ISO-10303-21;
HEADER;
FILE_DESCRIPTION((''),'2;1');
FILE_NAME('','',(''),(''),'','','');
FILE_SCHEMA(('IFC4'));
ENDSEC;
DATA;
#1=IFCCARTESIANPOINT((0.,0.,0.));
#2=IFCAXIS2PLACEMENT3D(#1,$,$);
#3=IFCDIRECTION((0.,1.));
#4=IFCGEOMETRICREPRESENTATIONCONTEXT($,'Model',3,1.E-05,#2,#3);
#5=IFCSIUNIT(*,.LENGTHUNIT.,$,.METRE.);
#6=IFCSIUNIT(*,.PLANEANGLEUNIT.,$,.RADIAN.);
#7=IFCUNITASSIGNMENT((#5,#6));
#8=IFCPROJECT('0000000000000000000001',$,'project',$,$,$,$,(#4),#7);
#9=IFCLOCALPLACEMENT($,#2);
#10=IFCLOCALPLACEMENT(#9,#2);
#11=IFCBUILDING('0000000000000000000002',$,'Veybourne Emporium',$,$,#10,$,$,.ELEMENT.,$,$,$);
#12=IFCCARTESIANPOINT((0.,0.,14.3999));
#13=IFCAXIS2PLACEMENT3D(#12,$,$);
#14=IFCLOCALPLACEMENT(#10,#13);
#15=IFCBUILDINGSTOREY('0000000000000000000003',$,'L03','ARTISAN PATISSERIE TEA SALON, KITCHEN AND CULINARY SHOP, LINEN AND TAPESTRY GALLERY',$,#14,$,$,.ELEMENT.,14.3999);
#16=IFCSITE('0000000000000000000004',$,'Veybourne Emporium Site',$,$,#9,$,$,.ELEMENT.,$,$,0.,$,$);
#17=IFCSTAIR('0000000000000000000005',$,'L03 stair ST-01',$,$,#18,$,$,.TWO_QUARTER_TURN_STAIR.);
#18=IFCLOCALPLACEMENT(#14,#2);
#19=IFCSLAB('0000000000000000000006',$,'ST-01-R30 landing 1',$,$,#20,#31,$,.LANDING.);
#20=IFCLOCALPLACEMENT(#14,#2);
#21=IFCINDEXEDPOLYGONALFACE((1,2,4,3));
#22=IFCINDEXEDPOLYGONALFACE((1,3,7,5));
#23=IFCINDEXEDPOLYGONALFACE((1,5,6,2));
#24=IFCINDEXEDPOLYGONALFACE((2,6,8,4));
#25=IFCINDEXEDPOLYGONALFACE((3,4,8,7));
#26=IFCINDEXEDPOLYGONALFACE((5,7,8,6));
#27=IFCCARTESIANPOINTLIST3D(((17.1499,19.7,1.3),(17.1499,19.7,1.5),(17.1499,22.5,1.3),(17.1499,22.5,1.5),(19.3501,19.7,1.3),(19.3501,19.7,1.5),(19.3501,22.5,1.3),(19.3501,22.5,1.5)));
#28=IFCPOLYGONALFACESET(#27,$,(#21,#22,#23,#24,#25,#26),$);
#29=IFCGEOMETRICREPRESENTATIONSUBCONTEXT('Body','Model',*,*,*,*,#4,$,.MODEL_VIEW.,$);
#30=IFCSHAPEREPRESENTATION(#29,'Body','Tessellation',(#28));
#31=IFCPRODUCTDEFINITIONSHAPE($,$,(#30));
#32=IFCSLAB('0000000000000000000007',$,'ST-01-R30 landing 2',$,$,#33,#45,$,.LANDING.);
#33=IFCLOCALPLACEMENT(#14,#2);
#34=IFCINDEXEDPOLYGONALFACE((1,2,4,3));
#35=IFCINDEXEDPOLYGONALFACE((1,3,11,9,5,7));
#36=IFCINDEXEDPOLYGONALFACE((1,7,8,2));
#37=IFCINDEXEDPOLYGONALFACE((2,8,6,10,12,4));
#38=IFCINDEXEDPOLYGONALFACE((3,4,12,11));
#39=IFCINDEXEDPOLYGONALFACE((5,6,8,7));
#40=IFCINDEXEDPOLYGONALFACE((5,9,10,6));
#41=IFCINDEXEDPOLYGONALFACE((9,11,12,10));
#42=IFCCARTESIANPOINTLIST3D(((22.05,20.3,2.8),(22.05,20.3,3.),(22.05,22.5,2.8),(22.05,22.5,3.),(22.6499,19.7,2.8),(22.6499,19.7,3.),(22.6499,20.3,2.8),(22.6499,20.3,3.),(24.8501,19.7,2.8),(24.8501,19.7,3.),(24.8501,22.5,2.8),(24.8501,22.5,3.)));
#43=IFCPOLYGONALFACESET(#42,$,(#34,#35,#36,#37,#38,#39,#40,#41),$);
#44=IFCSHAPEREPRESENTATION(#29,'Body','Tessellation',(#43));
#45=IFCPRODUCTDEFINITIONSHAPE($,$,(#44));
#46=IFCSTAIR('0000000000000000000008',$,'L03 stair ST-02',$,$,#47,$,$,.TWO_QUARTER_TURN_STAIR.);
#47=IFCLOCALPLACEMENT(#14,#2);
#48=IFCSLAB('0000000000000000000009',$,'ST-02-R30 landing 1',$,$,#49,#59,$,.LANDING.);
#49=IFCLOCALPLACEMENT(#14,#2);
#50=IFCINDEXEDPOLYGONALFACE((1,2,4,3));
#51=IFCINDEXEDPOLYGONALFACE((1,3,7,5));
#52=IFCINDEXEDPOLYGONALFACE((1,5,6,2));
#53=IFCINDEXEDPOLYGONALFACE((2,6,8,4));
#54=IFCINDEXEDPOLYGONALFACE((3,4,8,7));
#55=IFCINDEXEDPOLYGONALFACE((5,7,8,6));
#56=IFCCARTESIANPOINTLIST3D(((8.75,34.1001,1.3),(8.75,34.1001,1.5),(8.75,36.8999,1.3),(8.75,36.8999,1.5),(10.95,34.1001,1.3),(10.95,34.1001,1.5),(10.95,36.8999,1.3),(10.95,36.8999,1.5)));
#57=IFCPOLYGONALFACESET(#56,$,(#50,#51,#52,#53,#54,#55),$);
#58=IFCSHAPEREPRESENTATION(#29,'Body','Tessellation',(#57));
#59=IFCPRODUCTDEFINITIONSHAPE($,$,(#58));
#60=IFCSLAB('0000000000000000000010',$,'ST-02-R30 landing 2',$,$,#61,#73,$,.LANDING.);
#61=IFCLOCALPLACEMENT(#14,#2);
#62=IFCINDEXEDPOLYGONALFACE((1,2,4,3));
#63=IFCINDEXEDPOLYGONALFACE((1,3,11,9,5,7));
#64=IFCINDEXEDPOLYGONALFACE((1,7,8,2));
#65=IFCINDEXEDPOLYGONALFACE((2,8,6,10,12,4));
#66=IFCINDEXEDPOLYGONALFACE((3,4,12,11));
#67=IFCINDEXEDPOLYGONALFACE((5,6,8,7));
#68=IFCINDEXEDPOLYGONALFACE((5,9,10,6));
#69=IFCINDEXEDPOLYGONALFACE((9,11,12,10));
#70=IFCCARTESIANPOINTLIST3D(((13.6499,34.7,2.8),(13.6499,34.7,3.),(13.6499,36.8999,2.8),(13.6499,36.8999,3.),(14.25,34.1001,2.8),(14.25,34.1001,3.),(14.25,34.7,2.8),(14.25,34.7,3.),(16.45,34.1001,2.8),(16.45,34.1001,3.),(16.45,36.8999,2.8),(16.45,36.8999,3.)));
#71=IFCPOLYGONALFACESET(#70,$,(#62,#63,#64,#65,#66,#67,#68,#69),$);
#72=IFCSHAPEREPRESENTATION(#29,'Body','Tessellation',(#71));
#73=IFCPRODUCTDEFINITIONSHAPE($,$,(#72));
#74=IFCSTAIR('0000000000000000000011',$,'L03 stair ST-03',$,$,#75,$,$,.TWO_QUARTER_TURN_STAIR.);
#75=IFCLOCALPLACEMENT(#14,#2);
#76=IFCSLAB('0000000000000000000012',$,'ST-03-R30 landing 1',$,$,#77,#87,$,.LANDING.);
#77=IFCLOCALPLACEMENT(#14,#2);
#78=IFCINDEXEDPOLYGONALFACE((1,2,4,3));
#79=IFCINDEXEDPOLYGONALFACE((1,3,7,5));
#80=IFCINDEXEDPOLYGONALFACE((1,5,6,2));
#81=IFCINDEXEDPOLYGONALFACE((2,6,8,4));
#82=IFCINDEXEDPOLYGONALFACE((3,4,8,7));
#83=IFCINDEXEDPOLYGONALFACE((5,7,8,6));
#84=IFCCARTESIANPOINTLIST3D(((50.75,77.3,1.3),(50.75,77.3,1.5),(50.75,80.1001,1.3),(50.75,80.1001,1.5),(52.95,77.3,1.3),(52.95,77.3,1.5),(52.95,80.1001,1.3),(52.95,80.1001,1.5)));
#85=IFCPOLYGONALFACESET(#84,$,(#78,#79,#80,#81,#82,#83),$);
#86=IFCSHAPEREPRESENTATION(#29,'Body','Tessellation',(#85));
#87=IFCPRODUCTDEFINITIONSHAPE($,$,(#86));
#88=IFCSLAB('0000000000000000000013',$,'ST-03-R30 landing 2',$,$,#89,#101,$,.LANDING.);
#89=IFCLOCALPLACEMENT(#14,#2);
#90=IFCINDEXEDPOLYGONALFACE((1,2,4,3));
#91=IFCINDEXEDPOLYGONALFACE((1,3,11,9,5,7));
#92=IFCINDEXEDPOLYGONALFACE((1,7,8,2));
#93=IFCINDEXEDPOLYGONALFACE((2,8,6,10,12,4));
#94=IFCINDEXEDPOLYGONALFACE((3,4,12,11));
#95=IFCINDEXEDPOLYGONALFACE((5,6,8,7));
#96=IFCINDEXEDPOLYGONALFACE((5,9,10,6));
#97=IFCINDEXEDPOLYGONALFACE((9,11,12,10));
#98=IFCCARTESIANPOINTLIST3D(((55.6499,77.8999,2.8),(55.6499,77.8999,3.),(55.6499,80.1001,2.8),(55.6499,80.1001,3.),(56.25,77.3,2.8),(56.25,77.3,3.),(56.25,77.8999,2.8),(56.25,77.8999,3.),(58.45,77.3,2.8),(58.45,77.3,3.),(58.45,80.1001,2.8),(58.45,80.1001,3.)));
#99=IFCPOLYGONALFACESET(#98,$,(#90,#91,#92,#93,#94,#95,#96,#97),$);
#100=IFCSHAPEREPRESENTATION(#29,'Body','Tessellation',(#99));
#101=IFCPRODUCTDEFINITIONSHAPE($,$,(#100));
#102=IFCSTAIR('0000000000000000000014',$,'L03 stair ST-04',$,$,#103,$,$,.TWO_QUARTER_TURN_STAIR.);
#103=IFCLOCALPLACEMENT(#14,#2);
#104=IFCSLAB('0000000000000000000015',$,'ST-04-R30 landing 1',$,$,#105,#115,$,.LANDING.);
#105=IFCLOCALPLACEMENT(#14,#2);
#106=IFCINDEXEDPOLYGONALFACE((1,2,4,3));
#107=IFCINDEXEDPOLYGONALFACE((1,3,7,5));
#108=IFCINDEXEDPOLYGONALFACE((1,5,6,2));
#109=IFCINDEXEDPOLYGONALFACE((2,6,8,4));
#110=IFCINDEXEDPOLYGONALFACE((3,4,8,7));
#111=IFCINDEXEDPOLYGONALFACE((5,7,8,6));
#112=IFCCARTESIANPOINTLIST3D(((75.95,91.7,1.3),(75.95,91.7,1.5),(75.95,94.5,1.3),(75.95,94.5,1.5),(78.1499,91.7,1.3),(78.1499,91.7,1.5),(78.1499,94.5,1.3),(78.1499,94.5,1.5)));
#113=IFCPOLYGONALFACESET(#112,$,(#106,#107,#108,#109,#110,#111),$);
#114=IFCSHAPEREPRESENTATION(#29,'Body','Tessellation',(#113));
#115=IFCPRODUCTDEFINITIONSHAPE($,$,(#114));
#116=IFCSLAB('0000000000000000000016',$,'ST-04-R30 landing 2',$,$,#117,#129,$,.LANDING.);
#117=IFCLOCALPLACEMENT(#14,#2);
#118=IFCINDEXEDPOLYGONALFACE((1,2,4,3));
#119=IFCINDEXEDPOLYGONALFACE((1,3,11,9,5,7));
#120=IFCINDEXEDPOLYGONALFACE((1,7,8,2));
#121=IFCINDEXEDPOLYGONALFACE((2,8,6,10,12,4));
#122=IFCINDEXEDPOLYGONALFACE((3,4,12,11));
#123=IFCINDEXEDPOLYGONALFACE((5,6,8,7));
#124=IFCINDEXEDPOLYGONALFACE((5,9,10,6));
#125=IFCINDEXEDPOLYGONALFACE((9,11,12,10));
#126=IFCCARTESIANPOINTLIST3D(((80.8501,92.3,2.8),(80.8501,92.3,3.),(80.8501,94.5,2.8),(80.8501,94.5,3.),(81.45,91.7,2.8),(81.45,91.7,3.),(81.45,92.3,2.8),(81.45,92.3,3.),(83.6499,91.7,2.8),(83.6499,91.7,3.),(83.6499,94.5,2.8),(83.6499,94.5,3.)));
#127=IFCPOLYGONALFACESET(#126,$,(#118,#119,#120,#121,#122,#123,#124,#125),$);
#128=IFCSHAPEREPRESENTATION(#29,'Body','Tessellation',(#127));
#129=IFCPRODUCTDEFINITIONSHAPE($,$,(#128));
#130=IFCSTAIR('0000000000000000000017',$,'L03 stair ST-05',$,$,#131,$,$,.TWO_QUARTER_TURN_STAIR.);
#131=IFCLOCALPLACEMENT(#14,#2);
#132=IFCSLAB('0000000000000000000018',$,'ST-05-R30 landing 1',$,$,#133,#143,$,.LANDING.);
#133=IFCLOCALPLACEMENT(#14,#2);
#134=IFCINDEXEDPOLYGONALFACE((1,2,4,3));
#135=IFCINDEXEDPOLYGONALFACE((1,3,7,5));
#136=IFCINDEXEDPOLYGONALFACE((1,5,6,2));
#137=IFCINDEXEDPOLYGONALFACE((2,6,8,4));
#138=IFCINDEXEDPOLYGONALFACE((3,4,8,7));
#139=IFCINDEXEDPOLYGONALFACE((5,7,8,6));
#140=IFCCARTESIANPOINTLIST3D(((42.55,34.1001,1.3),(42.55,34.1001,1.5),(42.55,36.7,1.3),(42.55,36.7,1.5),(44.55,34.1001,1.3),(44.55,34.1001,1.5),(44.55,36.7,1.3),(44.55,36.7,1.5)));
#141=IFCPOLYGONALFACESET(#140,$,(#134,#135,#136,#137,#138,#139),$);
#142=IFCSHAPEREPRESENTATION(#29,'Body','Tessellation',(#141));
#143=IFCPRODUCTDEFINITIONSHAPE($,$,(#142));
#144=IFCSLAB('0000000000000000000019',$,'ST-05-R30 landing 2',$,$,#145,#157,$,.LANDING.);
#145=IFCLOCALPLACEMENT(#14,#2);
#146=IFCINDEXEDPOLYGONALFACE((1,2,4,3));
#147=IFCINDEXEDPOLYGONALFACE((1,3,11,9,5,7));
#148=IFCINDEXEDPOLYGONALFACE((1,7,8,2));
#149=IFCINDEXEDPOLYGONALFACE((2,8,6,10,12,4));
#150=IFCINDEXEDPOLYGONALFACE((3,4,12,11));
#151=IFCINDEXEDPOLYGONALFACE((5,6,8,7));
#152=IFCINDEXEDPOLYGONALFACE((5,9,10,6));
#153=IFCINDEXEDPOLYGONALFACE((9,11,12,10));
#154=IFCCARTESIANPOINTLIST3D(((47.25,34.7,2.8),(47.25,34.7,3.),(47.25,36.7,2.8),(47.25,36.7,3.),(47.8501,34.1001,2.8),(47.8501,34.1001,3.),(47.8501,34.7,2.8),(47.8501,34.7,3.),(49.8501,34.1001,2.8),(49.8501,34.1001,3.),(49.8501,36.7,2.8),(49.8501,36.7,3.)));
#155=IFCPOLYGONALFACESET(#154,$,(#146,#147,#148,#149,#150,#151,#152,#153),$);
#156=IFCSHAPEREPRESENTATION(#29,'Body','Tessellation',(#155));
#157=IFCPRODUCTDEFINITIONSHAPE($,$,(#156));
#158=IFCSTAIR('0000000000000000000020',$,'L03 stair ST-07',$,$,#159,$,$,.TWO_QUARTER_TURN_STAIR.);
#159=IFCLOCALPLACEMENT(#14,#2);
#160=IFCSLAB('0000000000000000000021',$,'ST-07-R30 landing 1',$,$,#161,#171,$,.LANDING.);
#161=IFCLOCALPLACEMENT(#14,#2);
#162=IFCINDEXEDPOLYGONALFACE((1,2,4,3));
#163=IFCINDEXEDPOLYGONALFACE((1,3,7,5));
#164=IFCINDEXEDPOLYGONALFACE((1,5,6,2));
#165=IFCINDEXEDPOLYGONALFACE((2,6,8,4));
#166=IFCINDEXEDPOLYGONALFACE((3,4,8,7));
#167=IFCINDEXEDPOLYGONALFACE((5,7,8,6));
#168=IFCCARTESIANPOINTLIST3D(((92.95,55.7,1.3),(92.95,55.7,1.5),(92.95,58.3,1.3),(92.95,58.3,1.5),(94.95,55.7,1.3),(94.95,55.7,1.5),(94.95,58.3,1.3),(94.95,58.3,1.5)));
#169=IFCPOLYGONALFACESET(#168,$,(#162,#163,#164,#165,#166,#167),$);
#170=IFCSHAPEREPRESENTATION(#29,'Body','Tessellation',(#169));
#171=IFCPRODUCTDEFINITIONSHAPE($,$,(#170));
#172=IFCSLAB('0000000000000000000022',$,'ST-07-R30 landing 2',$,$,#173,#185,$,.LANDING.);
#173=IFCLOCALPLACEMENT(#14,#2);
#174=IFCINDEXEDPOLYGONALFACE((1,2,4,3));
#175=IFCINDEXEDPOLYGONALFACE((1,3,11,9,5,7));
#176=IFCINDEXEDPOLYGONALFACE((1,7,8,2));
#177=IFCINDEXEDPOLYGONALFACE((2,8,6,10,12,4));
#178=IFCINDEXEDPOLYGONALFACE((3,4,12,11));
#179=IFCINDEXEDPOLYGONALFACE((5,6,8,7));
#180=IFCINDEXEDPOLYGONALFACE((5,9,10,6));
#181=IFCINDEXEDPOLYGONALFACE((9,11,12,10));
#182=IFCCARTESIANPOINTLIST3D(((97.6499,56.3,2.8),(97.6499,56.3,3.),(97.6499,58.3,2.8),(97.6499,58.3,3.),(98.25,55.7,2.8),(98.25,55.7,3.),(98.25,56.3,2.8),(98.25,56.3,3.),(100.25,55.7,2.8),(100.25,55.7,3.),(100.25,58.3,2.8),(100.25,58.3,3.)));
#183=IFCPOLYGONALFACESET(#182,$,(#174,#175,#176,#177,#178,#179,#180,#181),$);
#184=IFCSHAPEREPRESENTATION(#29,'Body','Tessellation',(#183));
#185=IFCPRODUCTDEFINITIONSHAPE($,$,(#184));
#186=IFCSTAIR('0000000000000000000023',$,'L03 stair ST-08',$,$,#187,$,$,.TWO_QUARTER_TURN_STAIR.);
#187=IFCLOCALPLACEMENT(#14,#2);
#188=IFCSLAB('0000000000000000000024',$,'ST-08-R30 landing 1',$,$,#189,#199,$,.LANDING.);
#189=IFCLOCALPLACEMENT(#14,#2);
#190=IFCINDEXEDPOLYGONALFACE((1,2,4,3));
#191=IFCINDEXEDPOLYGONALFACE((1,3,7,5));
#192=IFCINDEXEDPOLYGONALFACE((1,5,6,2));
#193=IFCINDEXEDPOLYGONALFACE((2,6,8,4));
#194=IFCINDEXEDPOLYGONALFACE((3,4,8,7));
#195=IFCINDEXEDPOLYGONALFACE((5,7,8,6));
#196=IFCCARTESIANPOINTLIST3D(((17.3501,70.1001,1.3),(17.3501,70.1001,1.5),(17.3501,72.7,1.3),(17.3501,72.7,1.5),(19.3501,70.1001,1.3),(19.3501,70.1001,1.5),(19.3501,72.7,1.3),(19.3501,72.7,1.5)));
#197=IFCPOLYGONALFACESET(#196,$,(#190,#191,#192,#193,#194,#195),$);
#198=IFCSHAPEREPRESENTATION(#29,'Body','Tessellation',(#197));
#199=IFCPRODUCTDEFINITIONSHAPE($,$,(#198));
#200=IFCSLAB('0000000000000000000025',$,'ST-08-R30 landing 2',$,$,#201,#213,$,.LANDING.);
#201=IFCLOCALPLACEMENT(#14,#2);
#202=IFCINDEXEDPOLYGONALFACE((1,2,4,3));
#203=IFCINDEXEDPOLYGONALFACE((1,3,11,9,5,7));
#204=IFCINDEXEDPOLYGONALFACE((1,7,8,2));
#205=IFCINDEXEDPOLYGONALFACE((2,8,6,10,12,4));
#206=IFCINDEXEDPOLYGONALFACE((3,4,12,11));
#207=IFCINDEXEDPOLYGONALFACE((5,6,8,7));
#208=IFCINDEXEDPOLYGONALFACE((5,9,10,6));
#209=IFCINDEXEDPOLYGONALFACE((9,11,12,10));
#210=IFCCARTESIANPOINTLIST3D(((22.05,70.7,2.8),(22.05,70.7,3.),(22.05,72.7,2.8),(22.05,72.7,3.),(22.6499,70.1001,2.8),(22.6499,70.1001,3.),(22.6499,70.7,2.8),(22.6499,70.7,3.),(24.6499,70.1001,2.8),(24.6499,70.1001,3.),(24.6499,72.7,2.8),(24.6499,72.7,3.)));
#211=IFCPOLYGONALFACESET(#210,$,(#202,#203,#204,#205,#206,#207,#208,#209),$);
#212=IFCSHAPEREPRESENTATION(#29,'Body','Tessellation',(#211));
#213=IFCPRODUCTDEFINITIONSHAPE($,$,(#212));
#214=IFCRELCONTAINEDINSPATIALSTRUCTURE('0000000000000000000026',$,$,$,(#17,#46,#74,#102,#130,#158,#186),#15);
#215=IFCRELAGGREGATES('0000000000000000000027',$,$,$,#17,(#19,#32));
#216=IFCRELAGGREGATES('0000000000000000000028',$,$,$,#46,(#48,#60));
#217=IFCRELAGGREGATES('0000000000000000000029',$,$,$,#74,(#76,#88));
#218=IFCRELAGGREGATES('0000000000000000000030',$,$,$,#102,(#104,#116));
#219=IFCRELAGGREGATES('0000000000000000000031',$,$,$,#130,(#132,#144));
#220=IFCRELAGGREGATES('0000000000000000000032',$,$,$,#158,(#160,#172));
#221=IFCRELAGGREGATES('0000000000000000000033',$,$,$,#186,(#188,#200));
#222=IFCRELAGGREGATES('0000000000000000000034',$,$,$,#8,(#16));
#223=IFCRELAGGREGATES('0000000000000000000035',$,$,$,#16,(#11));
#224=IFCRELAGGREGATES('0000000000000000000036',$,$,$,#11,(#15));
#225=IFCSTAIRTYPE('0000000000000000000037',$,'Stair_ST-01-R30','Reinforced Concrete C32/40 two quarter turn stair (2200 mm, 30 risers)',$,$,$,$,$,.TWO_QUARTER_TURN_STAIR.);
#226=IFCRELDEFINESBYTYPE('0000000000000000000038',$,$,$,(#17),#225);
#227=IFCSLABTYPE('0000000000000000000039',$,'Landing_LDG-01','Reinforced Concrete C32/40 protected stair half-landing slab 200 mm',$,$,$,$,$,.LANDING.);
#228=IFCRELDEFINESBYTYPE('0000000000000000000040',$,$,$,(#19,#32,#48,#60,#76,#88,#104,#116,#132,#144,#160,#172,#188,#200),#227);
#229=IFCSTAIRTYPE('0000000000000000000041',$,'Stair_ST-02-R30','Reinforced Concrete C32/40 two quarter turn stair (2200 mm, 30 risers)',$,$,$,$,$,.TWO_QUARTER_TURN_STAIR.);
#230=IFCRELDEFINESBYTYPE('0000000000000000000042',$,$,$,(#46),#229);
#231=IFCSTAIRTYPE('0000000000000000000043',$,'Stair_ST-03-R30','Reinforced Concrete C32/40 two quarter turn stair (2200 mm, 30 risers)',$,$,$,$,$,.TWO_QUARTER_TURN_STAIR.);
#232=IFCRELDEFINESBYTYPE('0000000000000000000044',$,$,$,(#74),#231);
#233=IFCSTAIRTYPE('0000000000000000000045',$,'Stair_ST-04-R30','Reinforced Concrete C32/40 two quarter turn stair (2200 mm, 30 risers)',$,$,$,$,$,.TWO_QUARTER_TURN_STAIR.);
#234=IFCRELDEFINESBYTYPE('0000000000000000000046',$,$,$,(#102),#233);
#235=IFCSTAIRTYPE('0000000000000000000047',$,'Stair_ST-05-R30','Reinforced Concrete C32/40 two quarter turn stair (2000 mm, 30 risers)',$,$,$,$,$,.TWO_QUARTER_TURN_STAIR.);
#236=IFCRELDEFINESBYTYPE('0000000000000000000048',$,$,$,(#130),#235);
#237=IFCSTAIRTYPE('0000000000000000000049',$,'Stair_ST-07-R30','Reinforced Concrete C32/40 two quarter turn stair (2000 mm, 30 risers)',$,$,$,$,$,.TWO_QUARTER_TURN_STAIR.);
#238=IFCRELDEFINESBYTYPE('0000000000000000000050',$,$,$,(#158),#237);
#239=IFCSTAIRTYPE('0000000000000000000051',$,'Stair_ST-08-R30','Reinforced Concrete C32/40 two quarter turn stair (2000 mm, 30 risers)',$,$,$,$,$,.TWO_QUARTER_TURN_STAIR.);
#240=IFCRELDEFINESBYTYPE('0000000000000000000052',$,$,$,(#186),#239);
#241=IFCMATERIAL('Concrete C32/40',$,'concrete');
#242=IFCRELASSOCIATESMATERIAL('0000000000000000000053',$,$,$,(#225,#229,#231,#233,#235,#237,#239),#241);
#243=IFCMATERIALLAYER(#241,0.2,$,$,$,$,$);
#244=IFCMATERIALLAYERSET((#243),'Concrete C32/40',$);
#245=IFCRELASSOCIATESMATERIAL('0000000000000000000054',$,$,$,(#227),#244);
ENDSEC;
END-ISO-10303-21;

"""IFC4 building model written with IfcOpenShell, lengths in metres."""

from ifc_helpers import new_model, si_unit, direction, frame, origin, place, context, subcontext, project, spatial, polyline, outline, extrude, material, layer, layer_set, type_object, element, aggregate, save


model = new_model("IFC4")

# Units and contexts
model_context = context("Model", 3, precision=1e-05, world=origin(), true_north=direction((0.0, 1.0)))
body_context = subcontext(model_context, "Body", "Model", "MODEL_VIEW")
ifc_project = project(units=[si_unit("LENGTHUNIT", "METRE"), si_unit("PLANEANGLEUNIT", "RADIAN")], contexts=[model_context])

# Site, building, storey
site_placement = place(None, origin())
site = spatial("IfcSite", under=ifc_project, at=site_placement, Name="Veybourne Emporium Site", CompositionType="ELEMENT", RefElevation=0.0)
building_placement = place(site_placement, origin())
building = spatial("IfcBuilding", under=site, at=building_placement, Name="Veybourne Emporium", CompositionType="ELEMENT")
storey_placement = place(building_placement, frame((0.0, 0.0, 14.3999)))
storey = spatial("IfcBuildingStorey", under=building, at=storey_placement, Name="L03", Description="ARTISAN PATISSERIE TEA SALON, KITCHEN AND CULINARY SHOP, LINEN AND TAPESTRY GALLERY", CompositionType="ELEMENT", Elevation=14.3999)

# Stairs, slabs
ifc_material_1 = material(Name="Concrete C32/40", Category="concrete")
stair_type_1 = type_object("IfcStairType", Name="Stair_ST-01-R30", Description="Reinforced Concrete C32/40 two quarter turn stair (2200 mm, 30 risers)", PredefinedType="TWO_QUARTER_TURN_STAIR", material=ifc_material_1)
stair_1_placement = place(storey_placement, origin())
stair_1 = element("IfcStair", 1, at=stair_1_placement, inside=storey, type_object=stair_type_1, Name="L03 stair ST-01", PredefinedType="TWO_QUARTER_TURN_STAIR")
ifc_layer_1 = layer(ifc_material_1, 0.2)
ifc_layer_set_1 = layer_set([ifc_layer_1], Name="Concrete C32/40")
slab_type_1 = type_object("IfcSlabType", Name="Landing_LDG-01", Description="Reinforced Concrete C32/40 protected stair half-landing slab 200 mm", PredefinedType="LANDING", material=ifc_layer_set_1)
slab_1_placement = place(storey_placement, frame((0.0, 0.0, 1.3)))
slab_1 = element("IfcSlab", 2, at=slab_1_placement, type_object=slab_type_1, Name="ST-01-R30 landing 1", PredefinedType="LANDING", context=body_context, shape_type="SweptSolid", body=[
    extrude(outline(polyline([(17.1499, 19.7), (19.3501, 19.7), (19.3501, 22.5), (17.1499, 22.5), (17.1499, 19.7)])), origin(), (0.0, 0.0, 1.0), 0.2),
])
slab_2_placement = place(storey_placement, frame((0.0, 0.0, 2.8)))
slab_2 = element("IfcSlab", 3, at=slab_2_placement, type_object=slab_type_1, Name="ST-01-R30 landing 2", PredefinedType="LANDING", context=body_context, shape_type="SweptSolid", body=[
    extrude(outline(polyline([(22.05, 20.3), (22.6499, 20.3), (22.6499, 19.7), (24.8501, 19.7), (24.8501, 22.5), (22.05, 22.5), (22.05, 20.3)])), origin(), (0.0, 0.0, 1.0), 0.2),
])
aggregate(stair_1, [slab_1, slab_2])
stair_type_2 = type_object("IfcStairType", Name="Stair_ST-02-R30", Description="Reinforced Concrete C32/40 two quarter turn stair (2200 mm, 30 risers)", PredefinedType="TWO_QUARTER_TURN_STAIR", material=ifc_material_1)
stair_2_placement = place(storey_placement, origin())
stair_2 = element("IfcStair", 4, at=stair_2_placement, inside=storey, type_object=stair_type_2, Name="L03 stair ST-02", PredefinedType="TWO_QUARTER_TURN_STAIR")
slab_3_placement = place(storey_placement, frame((0.0, 0.0, 1.3)))
slab_3 = element("IfcSlab", 5, at=slab_3_placement, type_object=slab_type_1, Name="ST-02-R30 landing 1", PredefinedType="LANDING", context=body_context, shape_type="SweptSolid", body=[
    extrude(outline(polyline([(8.75, 34.1001), (10.95, 34.1001), (10.95, 36.8999), (8.75, 36.8999), (8.75, 34.1001)])), origin(), (0.0, 0.0, 1.0), 0.2),
])
slab_4_placement = place(storey_placement, frame((0.0, 0.0, 2.8)))
slab_4 = element("IfcSlab", 6, at=slab_4_placement, type_object=slab_type_1, Name="ST-02-R30 landing 2", PredefinedType="LANDING", context=body_context, shape_type="SweptSolid", body=[
    extrude(outline(polyline([(13.6499, 34.7), (14.25, 34.7), (14.25, 34.1001), (16.45, 34.1001), (16.45, 36.8999), (13.6499, 36.8999), (13.6499, 34.7)])), origin(), (0.0, 0.0, 1.0), 0.2),
])
aggregate(stair_2, [slab_3, slab_4])
stair_type_3 = type_object("IfcStairType", Name="Stair_ST-03-R30", Description="Reinforced Concrete C32/40 two quarter turn stair (2200 mm, 30 risers)", PredefinedType="TWO_QUARTER_TURN_STAIR", material=ifc_material_1)
stair_3_placement = place(storey_placement, origin())
stair_3 = element("IfcStair", 7, at=stair_3_placement, inside=storey, type_object=stair_type_3, Name="L03 stair ST-03", PredefinedType="TWO_QUARTER_TURN_STAIR")
slab_5_placement = place(storey_placement, frame((0.0, 0.0, 1.3)))
slab_5 = element("IfcSlab", 8, at=slab_5_placement, type_object=slab_type_1, Name="ST-03-R30 landing 1", PredefinedType="LANDING", context=body_context, shape_type="SweptSolid", body=[
    extrude(outline(polyline([(50.75, 77.3), (52.95, 77.3), (52.95, 80.1001), (50.75, 80.1001), (50.75, 77.3)])), origin(), (0.0, 0.0, 1.0), 0.2),
])
slab_6_placement = place(storey_placement, frame((0.0, 0.0, 2.8)))
slab_6 = element("IfcSlab", 9, at=slab_6_placement, type_object=slab_type_1, Name="ST-03-R30 landing 2", PredefinedType="LANDING", context=body_context, shape_type="SweptSolid", body=[
    extrude(outline(polyline([(55.6499, 77.8999), (56.25, 77.8999), (56.25, 77.3), (58.45, 77.3), (58.45, 80.1001), (55.6499, 80.1001), (55.6499, 77.8999)])), origin(), (0.0, 0.0, 1.0), 0.2),
])
aggregate(stair_3, [slab_5, slab_6])
stair_type_4 = type_object("IfcStairType", Name="Stair_ST-04-R30", Description="Reinforced Concrete C32/40 two quarter turn stair (2200 mm, 30 risers)", PredefinedType="TWO_QUARTER_TURN_STAIR", material=ifc_material_1)
stair_4_placement = place(storey_placement, origin())
stair_4 = element("IfcStair", 10, at=stair_4_placement, inside=storey, type_object=stair_type_4, Name="L03 stair ST-04", PredefinedType="TWO_QUARTER_TURN_STAIR")
slab_7_placement = place(storey_placement, frame((0.0, 0.0, 1.3)))
slab_7 = element("IfcSlab", 11, at=slab_7_placement, type_object=slab_type_1, Name="ST-04-R30 landing 1", PredefinedType="LANDING", context=body_context, shape_type="SweptSolid", body=[
    extrude(outline(polyline([(75.95, 91.7), (78.1499, 91.7), (78.1499, 94.5), (75.95, 94.5), (75.95, 91.7)])), origin(), (0.0, 0.0, 1.0), 0.2),
])
slab_8_placement = place(storey_placement, frame((0.0, 0.0, 2.8)))
slab_8 = element("IfcSlab", 12, at=slab_8_placement, type_object=slab_type_1, Name="ST-04-R30 landing 2", PredefinedType="LANDING", context=body_context, shape_type="SweptSolid", body=[
    extrude(outline(polyline([(80.8501, 92.3), (81.45, 92.3), (81.45, 91.7), (83.6499, 91.7), (83.6499, 94.5), (80.8501, 94.5), (80.8501, 92.3)])), origin(), (0.0, 0.0, 1.0), 0.2),
])
aggregate(stair_4, [slab_7, slab_8])
stair_type_5 = type_object("IfcStairType", Name="Stair_ST-05-R30", Description="Reinforced Concrete C32/40 two quarter turn stair (2000 mm, 30 risers)", PredefinedType="TWO_QUARTER_TURN_STAIR", material=ifc_material_1)
stair_5_placement = place(storey_placement, origin())
stair_5 = element("IfcStair", 13, at=stair_5_placement, inside=storey, type_object=stair_type_5, Name="L03 stair ST-05", PredefinedType="TWO_QUARTER_TURN_STAIR")
slab_9_placement = place(storey_placement, frame((0.0, 0.0, 1.3)))
slab_9 = element("IfcSlab", 14, at=slab_9_placement, type_object=slab_type_1, Name="ST-05-R30 landing 1", PredefinedType="LANDING", context=body_context, shape_type="SweptSolid", body=[
    extrude(outline(polyline([(42.55, 34.1001), (44.55, 34.1001), (44.55, 36.7), (42.55, 36.7), (42.55, 34.1001)])), origin(), (0.0, 0.0, 1.0), 0.2),
])
slab_10_placement = place(storey_placement, frame((0.0, 0.0, 2.8)))
slab_10 = element("IfcSlab", 15, at=slab_10_placement, type_object=slab_type_1, Name="ST-05-R30 landing 2", PredefinedType="LANDING", context=body_context, shape_type="SweptSolid", body=[
    extrude(outline(polyline([(47.25, 34.7), (47.8501, 34.7), (47.8501, 34.1001), (49.8501, 34.1001), (49.8501, 36.7), (47.25, 36.7), (47.25, 34.7)])), origin(), (0.0, 0.0, 1.0), 0.2),
])
aggregate(stair_5, [slab_9, slab_10])
stair_type_6 = type_object("IfcStairType", Name="Stair_ST-07-R30", Description="Reinforced Concrete C32/40 two quarter turn stair (2000 mm, 30 risers)", PredefinedType="TWO_QUARTER_TURN_STAIR", material=ifc_material_1)
stair_6_placement = place(storey_placement, origin())
stair_6 = element("IfcStair", 16, at=stair_6_placement, inside=storey, type_object=stair_type_6, Name="L03 stair ST-07", PredefinedType="TWO_QUARTER_TURN_STAIR")
slab_11_placement = place(storey_placement, frame((0.0, 0.0, 1.3)))
slab_11 = element("IfcSlab", 17, at=slab_11_placement, type_object=slab_type_1, Name="ST-07-R30 landing 1", PredefinedType="LANDING", context=body_context, shape_type="SweptSolid", body=[
    extrude(outline(polyline([(92.95, 55.7), (94.95, 55.7), (94.95, 58.3), (92.95, 58.3), (92.95, 55.7)])), origin(), (0.0, 0.0, 1.0), 0.2),
])
slab_12_placement = place(storey_placement, frame((0.0, 0.0, 2.8)))
slab_12 = element("IfcSlab", 18, at=slab_12_placement, type_object=slab_type_1, Name="ST-07-R30 landing 2", PredefinedType="LANDING", context=body_context, shape_type="SweptSolid", body=[
    extrude(outline(polyline([(97.6499, 56.3), (98.25, 56.3), (98.25, 55.7), (100.25, 55.7), (100.25, 58.3), (97.6499, 58.3), (97.6499, 56.3)])), origin(), (0.0, 0.0, 1.0), 0.2),
])
aggregate(stair_6, [slab_11, slab_12])
stair_type_7 = type_object("IfcStairType", Name="Stair_ST-08-R30", Description="Reinforced Concrete C32/40 two quarter turn stair (2000 mm, 30 risers)", PredefinedType="TWO_QUARTER_TURN_STAIR", material=ifc_material_1)
stair_7_placement = place(storey_placement, origin())
stair_7 = element("IfcStair", 19, at=stair_7_placement, inside=storey, type_object=stair_type_7, Name="L03 stair ST-08", PredefinedType="TWO_QUARTER_TURN_STAIR")
slab_13_placement = place(storey_placement, frame((0.0, 0.0, 1.3)))
slab_13 = element("IfcSlab", 20, at=slab_13_placement, type_object=slab_type_1, Name="ST-08-R30 landing 1", PredefinedType="LANDING", context=body_context, shape_type="SweptSolid", body=[
    extrude(outline(polyline([(17.3501, 70.1001), (19.3501, 70.1001), (19.3501, 72.7), (17.3501, 72.7), (17.3501, 70.1001)])), origin(), (0.0, 0.0, 1.0), 0.2),
])
slab_14_placement = place(storey_placement, frame((0.0, 0.0, 2.8)))
slab_14 = element("IfcSlab", 21, at=slab_14_placement, type_object=slab_type_1, Name="ST-08-R30 landing 2", PredefinedType="LANDING", context=body_context, shape_type="SweptSolid", body=[
    extrude(outline(polyline([(22.05, 70.7), (22.6499, 70.7), (22.6499, 70.1001), (24.6499, 70.1001), (24.6499, 72.7), (22.05, 72.7), (22.05, 70.7)])), origin(), (0.0, 0.0, 1.0), 0.2),
])
aggregate(stair_7, [slab_13, slab_14])

save(model, "model.ifc")
